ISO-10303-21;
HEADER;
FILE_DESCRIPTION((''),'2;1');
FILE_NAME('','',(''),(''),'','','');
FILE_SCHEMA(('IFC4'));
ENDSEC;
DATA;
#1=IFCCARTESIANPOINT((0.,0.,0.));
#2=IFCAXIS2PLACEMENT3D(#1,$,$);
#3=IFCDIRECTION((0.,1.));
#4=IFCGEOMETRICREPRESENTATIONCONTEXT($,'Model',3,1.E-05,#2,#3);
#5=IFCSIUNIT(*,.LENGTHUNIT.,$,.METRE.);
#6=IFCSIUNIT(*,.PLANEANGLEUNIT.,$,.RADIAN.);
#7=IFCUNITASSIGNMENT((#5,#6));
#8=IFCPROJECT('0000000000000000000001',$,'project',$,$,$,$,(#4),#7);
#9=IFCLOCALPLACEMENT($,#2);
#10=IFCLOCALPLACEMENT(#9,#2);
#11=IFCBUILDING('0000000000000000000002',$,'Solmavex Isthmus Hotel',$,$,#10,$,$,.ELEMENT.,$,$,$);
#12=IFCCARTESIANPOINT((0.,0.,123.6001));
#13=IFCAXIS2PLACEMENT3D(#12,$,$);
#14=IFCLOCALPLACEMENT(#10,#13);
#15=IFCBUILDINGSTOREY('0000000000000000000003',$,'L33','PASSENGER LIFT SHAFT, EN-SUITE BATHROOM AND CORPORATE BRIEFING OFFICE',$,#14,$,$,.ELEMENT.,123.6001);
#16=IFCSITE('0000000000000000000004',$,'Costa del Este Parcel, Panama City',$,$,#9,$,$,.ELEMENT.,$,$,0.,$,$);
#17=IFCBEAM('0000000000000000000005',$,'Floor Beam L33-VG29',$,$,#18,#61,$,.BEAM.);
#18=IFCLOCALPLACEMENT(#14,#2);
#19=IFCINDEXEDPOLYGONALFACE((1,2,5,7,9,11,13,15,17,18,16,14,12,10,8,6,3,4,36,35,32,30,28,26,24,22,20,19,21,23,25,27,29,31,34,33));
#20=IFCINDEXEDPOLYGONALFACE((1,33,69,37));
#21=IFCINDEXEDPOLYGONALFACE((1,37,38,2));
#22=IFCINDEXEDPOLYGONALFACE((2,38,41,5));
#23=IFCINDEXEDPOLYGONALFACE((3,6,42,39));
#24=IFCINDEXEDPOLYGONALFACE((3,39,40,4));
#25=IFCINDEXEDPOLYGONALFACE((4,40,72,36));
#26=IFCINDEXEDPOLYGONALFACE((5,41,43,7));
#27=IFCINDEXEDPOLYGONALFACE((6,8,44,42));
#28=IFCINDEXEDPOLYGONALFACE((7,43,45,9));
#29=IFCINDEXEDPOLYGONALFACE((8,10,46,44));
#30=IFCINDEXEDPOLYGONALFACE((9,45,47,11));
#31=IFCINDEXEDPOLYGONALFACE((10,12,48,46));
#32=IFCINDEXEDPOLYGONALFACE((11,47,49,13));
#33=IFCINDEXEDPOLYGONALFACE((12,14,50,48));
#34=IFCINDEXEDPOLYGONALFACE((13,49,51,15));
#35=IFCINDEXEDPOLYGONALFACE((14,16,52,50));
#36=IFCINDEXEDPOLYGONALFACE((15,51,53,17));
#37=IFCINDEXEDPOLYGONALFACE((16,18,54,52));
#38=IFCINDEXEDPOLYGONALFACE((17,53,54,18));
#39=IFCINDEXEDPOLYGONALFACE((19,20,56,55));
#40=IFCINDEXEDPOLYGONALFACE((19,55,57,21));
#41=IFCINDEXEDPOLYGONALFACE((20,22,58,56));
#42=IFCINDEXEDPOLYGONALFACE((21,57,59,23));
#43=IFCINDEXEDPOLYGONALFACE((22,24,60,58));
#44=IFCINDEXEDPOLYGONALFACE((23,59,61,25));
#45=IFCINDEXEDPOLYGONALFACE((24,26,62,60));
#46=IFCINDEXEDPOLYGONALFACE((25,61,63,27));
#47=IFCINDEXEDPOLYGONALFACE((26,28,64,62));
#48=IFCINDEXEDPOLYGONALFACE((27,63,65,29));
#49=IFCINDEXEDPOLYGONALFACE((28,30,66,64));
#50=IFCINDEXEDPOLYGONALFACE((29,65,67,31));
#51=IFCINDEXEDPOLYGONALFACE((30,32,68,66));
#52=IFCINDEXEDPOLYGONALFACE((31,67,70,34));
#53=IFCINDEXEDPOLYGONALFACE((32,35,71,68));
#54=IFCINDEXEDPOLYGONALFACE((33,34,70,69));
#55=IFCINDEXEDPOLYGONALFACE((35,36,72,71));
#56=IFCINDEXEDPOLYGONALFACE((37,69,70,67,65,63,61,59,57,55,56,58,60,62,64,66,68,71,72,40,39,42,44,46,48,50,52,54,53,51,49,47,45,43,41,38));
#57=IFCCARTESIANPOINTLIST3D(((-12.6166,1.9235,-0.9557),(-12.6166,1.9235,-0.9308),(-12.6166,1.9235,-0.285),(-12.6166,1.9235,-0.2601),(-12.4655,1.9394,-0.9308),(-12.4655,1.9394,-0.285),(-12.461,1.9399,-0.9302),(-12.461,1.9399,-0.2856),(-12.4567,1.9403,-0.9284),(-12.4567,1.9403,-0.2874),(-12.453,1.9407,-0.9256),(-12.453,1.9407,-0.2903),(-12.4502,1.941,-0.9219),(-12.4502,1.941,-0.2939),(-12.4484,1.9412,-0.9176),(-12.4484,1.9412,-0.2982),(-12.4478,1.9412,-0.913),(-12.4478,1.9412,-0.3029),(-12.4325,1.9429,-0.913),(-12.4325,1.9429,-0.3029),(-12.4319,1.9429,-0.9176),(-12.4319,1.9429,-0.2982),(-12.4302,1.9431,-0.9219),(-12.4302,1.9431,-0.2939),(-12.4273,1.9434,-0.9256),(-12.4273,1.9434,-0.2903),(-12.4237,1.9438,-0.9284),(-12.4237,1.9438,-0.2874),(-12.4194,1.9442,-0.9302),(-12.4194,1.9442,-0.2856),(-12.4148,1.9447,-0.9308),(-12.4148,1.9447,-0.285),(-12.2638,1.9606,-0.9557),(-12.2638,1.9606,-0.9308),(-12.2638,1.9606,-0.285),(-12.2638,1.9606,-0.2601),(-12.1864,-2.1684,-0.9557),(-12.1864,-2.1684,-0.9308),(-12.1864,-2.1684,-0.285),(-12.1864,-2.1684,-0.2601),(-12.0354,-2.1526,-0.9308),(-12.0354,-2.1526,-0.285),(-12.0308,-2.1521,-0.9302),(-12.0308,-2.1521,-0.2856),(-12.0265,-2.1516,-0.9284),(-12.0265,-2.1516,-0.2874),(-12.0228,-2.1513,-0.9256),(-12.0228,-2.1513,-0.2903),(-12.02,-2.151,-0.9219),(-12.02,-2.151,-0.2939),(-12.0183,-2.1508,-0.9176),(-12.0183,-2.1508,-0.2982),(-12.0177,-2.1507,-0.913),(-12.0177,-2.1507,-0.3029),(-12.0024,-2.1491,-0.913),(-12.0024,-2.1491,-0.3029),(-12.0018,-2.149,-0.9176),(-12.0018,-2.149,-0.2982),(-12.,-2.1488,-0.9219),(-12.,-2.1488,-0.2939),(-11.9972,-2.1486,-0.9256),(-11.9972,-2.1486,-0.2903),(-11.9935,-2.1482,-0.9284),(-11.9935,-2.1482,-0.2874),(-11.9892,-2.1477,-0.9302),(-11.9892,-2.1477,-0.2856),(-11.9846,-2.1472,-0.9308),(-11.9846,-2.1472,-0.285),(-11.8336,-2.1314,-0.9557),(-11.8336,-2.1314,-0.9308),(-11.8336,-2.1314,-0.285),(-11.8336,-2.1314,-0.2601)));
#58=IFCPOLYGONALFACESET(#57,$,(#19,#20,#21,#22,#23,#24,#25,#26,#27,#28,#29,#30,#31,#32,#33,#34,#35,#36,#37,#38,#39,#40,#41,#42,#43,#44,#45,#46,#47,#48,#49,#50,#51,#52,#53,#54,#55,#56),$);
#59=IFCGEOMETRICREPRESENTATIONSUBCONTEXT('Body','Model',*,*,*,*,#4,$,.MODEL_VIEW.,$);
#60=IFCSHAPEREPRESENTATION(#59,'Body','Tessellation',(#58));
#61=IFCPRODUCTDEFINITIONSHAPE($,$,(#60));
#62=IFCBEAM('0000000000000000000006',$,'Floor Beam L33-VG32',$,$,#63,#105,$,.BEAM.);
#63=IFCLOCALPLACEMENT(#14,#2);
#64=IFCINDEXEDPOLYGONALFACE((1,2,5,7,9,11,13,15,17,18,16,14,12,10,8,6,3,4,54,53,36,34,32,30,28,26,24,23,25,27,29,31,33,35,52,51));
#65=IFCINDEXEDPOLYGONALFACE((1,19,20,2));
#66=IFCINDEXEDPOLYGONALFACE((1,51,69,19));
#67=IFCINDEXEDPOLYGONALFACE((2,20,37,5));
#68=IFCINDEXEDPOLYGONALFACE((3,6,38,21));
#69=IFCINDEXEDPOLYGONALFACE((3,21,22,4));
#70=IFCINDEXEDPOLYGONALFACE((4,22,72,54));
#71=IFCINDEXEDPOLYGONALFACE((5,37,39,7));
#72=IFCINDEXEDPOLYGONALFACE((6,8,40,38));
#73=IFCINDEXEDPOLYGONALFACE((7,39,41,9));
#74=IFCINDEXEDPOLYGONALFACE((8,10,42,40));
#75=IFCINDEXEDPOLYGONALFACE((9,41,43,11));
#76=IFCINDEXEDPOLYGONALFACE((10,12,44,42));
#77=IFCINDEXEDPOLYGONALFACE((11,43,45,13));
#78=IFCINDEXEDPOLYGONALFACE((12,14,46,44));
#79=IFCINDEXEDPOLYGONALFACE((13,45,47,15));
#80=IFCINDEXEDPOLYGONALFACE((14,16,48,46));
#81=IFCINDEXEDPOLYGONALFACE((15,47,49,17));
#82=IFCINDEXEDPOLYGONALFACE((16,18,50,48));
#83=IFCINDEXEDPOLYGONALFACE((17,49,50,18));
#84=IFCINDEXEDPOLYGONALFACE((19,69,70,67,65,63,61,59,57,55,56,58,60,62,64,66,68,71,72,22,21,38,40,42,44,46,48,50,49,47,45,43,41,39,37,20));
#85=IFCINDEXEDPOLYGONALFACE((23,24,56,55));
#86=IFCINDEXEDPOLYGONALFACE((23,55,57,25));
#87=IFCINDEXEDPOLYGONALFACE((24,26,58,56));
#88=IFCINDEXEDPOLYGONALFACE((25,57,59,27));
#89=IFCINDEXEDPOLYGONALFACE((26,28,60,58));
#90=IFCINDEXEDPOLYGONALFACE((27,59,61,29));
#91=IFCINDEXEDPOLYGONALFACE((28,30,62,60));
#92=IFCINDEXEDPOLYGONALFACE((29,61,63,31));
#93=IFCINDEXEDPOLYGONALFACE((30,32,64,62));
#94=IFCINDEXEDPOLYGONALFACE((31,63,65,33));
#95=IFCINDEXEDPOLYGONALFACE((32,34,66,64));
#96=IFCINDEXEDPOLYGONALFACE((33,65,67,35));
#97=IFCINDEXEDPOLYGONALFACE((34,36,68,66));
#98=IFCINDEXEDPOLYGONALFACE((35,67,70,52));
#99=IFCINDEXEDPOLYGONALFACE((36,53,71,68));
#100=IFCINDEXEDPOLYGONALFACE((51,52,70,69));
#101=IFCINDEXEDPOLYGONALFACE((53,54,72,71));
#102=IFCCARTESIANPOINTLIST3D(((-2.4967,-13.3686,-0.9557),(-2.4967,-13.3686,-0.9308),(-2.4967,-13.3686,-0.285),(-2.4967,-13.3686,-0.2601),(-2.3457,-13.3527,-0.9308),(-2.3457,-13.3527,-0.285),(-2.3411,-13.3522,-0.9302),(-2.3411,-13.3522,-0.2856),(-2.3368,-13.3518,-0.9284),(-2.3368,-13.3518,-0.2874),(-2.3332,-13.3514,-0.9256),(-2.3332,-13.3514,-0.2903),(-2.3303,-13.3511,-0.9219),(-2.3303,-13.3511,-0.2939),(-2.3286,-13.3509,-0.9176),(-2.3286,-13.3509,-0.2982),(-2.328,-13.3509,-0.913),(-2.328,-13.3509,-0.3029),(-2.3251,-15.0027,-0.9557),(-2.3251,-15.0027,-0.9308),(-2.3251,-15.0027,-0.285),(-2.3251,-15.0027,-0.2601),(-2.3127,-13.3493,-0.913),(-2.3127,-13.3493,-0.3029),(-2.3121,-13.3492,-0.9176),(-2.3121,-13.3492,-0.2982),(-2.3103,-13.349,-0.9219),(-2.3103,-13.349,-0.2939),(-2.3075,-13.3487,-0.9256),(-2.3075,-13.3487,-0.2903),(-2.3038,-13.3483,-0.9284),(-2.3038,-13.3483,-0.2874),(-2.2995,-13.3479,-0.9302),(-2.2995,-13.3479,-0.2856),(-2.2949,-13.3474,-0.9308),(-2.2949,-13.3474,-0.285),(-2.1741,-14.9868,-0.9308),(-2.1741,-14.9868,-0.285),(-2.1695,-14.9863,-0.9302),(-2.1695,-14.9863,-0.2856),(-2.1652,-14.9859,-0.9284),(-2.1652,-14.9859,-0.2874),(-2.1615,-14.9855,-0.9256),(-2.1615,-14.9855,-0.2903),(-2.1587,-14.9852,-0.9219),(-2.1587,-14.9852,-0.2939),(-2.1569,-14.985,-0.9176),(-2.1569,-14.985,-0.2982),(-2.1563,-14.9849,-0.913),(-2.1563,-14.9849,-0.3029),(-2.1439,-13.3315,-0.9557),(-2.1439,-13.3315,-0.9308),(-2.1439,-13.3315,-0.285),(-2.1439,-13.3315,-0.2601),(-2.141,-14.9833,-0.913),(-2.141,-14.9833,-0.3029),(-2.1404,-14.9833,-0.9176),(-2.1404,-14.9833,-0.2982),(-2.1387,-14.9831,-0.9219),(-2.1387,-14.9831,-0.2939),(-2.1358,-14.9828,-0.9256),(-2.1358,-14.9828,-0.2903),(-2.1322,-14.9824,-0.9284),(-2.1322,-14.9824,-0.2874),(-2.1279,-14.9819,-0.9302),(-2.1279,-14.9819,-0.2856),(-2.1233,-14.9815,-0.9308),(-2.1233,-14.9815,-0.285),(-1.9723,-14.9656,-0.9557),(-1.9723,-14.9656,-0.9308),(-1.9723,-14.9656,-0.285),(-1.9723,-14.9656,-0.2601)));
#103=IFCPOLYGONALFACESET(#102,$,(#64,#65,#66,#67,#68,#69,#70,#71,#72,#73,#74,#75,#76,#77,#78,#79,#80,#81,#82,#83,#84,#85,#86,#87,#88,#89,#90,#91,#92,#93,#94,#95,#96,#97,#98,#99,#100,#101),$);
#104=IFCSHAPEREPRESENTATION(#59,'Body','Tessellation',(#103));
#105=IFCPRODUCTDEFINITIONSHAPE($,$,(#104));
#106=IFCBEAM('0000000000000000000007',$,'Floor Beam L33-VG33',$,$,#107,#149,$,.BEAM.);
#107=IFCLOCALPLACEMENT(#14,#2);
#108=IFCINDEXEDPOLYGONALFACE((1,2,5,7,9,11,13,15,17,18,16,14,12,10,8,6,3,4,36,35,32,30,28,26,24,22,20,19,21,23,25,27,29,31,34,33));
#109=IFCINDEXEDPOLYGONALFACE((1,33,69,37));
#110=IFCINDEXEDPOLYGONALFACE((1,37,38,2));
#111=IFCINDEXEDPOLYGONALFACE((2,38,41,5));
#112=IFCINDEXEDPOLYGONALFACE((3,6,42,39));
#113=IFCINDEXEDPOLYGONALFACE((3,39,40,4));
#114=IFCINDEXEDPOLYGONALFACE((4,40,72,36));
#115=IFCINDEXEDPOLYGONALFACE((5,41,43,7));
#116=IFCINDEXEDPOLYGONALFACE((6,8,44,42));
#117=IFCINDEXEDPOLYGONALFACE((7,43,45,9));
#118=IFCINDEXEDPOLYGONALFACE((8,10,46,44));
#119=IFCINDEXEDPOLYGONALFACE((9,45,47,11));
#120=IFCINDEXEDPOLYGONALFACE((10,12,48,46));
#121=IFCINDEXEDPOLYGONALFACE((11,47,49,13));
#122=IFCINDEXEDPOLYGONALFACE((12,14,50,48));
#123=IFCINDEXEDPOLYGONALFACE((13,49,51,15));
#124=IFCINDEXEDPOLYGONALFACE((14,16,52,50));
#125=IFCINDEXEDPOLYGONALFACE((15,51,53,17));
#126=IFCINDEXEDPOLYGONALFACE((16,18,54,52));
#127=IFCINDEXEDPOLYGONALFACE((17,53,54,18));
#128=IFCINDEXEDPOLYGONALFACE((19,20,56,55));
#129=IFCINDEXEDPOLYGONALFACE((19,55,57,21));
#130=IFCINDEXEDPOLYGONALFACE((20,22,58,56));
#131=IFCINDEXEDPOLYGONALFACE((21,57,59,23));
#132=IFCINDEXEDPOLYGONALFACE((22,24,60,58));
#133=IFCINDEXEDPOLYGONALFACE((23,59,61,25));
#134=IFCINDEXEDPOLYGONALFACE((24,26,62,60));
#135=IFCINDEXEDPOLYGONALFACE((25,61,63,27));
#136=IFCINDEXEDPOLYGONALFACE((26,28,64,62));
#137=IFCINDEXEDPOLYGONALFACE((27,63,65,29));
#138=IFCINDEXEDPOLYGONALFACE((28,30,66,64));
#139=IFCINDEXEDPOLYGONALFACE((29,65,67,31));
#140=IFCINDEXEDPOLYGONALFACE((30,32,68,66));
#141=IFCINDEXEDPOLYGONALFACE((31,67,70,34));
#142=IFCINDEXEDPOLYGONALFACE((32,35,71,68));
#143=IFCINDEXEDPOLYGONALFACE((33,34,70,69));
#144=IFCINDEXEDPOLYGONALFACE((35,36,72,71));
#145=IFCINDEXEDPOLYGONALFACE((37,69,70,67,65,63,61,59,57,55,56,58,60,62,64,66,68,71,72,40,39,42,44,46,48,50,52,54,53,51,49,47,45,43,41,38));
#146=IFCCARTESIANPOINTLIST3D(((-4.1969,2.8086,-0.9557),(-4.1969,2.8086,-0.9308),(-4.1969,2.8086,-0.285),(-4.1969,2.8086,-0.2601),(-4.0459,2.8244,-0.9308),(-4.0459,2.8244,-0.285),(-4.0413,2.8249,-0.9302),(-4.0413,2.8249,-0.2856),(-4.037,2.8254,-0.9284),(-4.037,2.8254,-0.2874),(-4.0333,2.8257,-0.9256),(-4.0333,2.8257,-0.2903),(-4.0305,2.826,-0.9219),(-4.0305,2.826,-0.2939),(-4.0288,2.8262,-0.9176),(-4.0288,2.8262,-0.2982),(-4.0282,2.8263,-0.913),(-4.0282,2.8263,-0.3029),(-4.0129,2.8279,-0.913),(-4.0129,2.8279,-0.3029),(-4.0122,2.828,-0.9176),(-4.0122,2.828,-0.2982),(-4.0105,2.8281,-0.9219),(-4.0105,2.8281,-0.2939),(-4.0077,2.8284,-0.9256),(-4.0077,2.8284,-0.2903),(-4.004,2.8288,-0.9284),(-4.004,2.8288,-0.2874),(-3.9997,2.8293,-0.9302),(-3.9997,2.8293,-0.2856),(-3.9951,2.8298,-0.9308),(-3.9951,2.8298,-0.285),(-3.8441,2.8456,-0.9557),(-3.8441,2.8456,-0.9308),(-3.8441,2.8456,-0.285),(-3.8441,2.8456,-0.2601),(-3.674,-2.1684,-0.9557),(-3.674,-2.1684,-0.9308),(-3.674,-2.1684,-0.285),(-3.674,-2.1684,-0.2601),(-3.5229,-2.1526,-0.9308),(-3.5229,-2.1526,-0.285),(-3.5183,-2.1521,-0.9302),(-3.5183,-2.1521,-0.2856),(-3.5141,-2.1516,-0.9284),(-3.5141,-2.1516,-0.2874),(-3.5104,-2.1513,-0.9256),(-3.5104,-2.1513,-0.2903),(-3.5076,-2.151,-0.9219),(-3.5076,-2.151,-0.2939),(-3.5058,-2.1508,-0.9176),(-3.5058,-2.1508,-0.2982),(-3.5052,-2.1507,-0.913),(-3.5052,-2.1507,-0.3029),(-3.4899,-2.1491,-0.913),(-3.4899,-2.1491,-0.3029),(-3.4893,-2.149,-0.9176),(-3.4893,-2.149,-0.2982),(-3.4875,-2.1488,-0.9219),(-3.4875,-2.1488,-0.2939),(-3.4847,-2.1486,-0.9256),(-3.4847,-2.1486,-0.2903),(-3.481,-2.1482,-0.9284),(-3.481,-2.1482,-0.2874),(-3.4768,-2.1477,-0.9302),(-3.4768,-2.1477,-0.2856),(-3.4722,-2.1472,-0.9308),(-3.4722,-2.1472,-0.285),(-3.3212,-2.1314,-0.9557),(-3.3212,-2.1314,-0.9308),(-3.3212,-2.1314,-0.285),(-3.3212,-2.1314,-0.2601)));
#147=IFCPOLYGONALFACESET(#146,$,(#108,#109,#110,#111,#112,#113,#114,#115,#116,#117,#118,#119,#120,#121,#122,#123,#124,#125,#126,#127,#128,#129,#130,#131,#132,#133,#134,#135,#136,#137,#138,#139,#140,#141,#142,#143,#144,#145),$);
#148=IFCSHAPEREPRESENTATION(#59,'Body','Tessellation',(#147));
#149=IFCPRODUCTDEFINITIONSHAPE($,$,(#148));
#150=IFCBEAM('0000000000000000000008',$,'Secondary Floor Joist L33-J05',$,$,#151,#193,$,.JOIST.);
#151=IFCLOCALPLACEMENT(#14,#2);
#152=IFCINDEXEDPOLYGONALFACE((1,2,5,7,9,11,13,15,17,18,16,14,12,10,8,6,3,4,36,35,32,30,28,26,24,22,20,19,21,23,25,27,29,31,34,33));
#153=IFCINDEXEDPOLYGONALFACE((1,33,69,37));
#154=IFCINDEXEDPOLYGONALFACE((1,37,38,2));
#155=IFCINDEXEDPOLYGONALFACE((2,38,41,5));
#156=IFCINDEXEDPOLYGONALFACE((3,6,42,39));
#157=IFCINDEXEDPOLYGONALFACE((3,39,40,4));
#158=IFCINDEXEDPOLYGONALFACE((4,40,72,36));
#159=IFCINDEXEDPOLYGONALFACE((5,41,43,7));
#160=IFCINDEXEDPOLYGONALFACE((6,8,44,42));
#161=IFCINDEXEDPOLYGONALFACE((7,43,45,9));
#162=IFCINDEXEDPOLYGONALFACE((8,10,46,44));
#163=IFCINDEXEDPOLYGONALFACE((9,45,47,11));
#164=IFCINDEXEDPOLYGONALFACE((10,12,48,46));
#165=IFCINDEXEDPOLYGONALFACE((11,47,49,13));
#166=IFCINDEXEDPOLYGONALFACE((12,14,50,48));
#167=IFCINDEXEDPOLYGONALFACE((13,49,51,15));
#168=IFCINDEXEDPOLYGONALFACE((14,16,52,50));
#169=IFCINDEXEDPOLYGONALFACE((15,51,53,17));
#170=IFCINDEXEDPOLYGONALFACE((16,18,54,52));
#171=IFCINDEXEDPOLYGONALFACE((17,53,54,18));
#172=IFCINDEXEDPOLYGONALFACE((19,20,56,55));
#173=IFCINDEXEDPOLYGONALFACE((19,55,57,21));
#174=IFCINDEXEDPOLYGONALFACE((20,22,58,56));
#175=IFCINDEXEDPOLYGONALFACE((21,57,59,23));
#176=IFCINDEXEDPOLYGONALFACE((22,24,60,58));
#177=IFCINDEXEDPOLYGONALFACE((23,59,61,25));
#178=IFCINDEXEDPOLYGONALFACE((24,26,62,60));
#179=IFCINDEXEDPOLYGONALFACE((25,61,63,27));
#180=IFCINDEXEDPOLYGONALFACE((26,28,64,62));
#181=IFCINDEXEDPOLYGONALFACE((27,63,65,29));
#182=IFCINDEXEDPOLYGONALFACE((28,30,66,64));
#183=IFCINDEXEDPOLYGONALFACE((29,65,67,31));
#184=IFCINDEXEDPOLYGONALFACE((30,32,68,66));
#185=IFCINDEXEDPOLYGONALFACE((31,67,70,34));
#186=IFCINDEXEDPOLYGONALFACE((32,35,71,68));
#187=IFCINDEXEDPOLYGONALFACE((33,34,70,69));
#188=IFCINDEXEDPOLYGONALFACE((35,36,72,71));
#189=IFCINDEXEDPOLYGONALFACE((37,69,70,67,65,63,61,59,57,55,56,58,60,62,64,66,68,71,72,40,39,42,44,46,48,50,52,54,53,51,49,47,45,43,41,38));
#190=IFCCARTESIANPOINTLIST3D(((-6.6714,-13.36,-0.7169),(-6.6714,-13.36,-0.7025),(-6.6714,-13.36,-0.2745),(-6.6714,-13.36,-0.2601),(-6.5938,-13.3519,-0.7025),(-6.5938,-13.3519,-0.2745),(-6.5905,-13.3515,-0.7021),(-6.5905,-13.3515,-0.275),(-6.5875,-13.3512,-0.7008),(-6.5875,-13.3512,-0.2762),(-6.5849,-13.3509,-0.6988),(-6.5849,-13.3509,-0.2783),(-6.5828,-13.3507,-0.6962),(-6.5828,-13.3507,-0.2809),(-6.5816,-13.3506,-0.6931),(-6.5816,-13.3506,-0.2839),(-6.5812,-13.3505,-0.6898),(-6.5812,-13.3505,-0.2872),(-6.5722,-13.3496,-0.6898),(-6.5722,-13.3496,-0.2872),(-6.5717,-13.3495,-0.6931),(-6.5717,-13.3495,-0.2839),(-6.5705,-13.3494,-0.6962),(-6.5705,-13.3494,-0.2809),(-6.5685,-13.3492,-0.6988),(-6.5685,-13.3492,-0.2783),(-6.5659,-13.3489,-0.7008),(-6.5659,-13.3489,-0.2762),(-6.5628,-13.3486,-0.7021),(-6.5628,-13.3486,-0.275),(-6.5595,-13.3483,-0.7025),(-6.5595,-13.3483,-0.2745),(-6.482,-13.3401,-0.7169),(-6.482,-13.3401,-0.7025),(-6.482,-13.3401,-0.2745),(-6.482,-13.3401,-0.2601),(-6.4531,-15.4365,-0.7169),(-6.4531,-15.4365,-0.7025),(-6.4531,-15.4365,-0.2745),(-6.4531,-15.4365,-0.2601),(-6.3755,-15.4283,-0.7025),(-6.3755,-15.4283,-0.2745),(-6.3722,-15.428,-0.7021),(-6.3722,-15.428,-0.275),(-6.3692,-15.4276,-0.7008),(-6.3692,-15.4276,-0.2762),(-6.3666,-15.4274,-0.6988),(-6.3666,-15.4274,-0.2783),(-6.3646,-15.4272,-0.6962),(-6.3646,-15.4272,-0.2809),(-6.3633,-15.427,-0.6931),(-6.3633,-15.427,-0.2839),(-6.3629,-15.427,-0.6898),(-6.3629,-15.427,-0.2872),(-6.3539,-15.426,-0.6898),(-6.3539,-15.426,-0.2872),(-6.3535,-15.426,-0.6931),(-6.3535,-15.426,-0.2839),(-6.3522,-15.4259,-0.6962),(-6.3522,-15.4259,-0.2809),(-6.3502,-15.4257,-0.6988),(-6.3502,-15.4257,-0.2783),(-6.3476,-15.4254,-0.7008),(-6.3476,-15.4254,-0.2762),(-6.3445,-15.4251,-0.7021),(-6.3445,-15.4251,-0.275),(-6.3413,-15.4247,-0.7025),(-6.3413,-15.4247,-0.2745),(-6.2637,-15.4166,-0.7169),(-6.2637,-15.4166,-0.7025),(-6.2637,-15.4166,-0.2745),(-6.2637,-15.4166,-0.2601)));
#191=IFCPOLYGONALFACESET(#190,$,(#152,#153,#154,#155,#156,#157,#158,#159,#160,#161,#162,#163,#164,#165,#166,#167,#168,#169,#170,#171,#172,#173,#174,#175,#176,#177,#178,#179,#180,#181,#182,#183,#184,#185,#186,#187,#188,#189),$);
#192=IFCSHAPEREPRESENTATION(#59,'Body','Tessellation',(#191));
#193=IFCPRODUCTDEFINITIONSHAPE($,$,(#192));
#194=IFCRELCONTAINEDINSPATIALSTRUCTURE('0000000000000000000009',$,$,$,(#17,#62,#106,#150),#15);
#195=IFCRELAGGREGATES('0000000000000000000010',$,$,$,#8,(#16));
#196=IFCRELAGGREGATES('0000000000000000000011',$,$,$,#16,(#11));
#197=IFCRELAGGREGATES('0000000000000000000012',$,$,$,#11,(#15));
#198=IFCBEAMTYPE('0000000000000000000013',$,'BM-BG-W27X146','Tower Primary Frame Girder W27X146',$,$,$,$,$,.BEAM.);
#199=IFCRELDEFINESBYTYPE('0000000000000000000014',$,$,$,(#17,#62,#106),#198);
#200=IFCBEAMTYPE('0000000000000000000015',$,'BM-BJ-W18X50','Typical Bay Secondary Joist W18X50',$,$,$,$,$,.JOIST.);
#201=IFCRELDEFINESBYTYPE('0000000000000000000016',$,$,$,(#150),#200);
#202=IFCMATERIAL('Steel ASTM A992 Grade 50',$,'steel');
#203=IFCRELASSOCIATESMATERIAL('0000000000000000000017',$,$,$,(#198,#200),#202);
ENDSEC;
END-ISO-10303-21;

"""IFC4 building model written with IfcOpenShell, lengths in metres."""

from ifc_helpers import new_model, si_unit, direction, frame, origin, origin_2d, place, context, subcontext, project, spatial, i_section, extrude, material, material_profile, profile_set, type_object, element, save


model = new_model("IFC4")

# Units and contexts
model_context = context("Model", 3, precision=1e-05, world=origin(), true_north=direction((0.0, 1.0)))
body_context = subcontext(model_context, "Body", "Model", "MODEL_VIEW")
ifc_project = project(units=[si_unit("LENGTHUNIT", "METRE"), si_unit("PLANEANGLEUNIT", "RADIAN")], contexts=[model_context])

# Site, building, storey
site_placement = place(None, origin())
site = spatial("IfcSite", under=ifc_project, at=site_placement, Name="Costa del Este Parcel, Panama City", CompositionType="ELEMENT", RefElevation=0.0)
building_placement = place(site_placement, origin())
building = spatial("IfcBuilding", under=site, at=building_placement, Name="Solmavex Isthmus Hotel", CompositionType="ELEMENT")
storey_placement = place(building_placement, frame((0.0, 0.0, 123.6001)))
storey = spatial("IfcBuildingStorey", under=building, at=storey_placement, Name="L33", Description="PASSENGER LIFT SHAFT, EN-SUITE BATHROOM AND CORPORATE BRIEFING OFFICE", CompositionType="ELEMENT", Elevation=123.6001)

# Beams
ifc_material_1 = material(Name="Steel ASTM A992 Grade 50", Category="steel")
ifc_material_profile_1 = material_profile(ifc_material_1, i_section(OverallWidth=0.3547, OverallDepth=0.6956, WebThickness=0.0154, FlangeThickness=0.0249, FilletRadius=0.0178, at=origin_2d()), Name="W27X146")
ifc_profile_set_1 = profile_set([ifc_material_profile_1], Name="Steel ASTM A992 Grade 50")
beam_type_1 = type_object("IfcBeamType", Name="BM-BG-W27X146", Description="Tower Primary Frame Girder W27X146", PredefinedType="BEAM", material=ifc_profile_set_1)
beam_1_placement = place(storey_placement, frame((-12.01, -2.1499, -0.6079), z_axis=(-0.104549, 0.99452, 0.0), x_axis=(-0.99452, -0.104549, 0.0)))
element("IfcBeam", 1, at=beam_1_placement, inside=storey, type_object=beam_type_1, Name="Floor Beam L33-VG29", PredefinedType="BEAM", context=body_context, shape_type="SweptSolid", body=[
    extrude(i_section(OverallWidth=0.3547, OverallDepth=0.6956, WebThickness=0.0154, FlangeThickness=0.0249, FilletRadius=0.0178, at=origin_2d()), origin(), (0.0, 0.0, 1.0), 4.1145),
])
beam_2_placement = place(storey_placement, frame((-2.1487, -14.9841, -0.6079), z_axis=(-0.10446, 0.994529, 0.0), x_axis=(-0.994529, -0.10446, 0.0)))
element("IfcBeam", 2, at=beam_2_placement, inside=storey, type_object=beam_type_1, Name="Floor Beam L33-VG32", PredefinedType="BEAM", context=body_context, shape_type="SweptSolid", body=[
    extrude(i_section(OverallWidth=0.3547, OverallDepth=0.6956, WebThickness=0.0154, FlangeThickness=0.0249, FilletRadius=0.0178, at=origin_2d()), origin(), (0.0, 0.0, 1.0), 1.6431),
])
beam_3_placement = place(storey_placement, frame((-3.4976, -2.1499, -0.6079), z_axis=(-0.104497, 0.994525, 0.0), x_axis=(-0.994525, -0.104497, 0.0)))
element("IfcBeam", 3, at=beam_3_placement, inside=storey, type_object=beam_type_1, Name="Floor Beam L33-VG33", PredefinedType="BEAM", context=body_context, shape_type="SweptSolid", body=[
    extrude(i_section(OverallWidth=0.3547, OverallDepth=0.6956, WebThickness=0.0154, FlangeThickness=0.0249, FilletRadius=0.0178, at=origin_2d()), origin(), (0.0, 0.0, 1.0), 5.0044),
])
ifc_material_profile_2 = material_profile(ifc_material_1, i_section(OverallWidth=0.1904, OverallDepth=0.4568, WebThickness=0.009, FlangeThickness=0.0144, FilletRadius=0.0127, at=origin_2d()), Name="W18X50")
ifc_profile_set_2 = profile_set([ifc_material_profile_2], Name="Steel ASTM A992 Grade 50")
beam_type_2 = type_object("IfcBeamType", Name="BM-BJ-W18X50", Description="Typical Bay Secondary Joist W18X50", PredefinedType="JOIST", material=ifc_profile_set_2)
beam_4_placement = place(storey_placement, frame((-6.3584, -15.4265, -0.4885), z_axis=(-0.104539, 0.994521, 0.0), x_axis=(-0.994521, -0.104539, 0.0)))
element("IfcBeam", 4, at=beam_4_placement, inside=storey, type_object=beam_type_2, Name="Secondary Floor Joist L33-J05", PredefinedType="JOIST", context=body_context, shape_type="SweptSolid", body=[
    extrude(i_section(OverallWidth=0.1904, OverallDepth=0.4568, WebThickness=0.009, FlangeThickness=0.0144, FilletRadius=0.0127, at=origin_2d()), origin(), (0.0, 0.0, 1.0), 2.0879),
])

save(model, "model.ifc")
